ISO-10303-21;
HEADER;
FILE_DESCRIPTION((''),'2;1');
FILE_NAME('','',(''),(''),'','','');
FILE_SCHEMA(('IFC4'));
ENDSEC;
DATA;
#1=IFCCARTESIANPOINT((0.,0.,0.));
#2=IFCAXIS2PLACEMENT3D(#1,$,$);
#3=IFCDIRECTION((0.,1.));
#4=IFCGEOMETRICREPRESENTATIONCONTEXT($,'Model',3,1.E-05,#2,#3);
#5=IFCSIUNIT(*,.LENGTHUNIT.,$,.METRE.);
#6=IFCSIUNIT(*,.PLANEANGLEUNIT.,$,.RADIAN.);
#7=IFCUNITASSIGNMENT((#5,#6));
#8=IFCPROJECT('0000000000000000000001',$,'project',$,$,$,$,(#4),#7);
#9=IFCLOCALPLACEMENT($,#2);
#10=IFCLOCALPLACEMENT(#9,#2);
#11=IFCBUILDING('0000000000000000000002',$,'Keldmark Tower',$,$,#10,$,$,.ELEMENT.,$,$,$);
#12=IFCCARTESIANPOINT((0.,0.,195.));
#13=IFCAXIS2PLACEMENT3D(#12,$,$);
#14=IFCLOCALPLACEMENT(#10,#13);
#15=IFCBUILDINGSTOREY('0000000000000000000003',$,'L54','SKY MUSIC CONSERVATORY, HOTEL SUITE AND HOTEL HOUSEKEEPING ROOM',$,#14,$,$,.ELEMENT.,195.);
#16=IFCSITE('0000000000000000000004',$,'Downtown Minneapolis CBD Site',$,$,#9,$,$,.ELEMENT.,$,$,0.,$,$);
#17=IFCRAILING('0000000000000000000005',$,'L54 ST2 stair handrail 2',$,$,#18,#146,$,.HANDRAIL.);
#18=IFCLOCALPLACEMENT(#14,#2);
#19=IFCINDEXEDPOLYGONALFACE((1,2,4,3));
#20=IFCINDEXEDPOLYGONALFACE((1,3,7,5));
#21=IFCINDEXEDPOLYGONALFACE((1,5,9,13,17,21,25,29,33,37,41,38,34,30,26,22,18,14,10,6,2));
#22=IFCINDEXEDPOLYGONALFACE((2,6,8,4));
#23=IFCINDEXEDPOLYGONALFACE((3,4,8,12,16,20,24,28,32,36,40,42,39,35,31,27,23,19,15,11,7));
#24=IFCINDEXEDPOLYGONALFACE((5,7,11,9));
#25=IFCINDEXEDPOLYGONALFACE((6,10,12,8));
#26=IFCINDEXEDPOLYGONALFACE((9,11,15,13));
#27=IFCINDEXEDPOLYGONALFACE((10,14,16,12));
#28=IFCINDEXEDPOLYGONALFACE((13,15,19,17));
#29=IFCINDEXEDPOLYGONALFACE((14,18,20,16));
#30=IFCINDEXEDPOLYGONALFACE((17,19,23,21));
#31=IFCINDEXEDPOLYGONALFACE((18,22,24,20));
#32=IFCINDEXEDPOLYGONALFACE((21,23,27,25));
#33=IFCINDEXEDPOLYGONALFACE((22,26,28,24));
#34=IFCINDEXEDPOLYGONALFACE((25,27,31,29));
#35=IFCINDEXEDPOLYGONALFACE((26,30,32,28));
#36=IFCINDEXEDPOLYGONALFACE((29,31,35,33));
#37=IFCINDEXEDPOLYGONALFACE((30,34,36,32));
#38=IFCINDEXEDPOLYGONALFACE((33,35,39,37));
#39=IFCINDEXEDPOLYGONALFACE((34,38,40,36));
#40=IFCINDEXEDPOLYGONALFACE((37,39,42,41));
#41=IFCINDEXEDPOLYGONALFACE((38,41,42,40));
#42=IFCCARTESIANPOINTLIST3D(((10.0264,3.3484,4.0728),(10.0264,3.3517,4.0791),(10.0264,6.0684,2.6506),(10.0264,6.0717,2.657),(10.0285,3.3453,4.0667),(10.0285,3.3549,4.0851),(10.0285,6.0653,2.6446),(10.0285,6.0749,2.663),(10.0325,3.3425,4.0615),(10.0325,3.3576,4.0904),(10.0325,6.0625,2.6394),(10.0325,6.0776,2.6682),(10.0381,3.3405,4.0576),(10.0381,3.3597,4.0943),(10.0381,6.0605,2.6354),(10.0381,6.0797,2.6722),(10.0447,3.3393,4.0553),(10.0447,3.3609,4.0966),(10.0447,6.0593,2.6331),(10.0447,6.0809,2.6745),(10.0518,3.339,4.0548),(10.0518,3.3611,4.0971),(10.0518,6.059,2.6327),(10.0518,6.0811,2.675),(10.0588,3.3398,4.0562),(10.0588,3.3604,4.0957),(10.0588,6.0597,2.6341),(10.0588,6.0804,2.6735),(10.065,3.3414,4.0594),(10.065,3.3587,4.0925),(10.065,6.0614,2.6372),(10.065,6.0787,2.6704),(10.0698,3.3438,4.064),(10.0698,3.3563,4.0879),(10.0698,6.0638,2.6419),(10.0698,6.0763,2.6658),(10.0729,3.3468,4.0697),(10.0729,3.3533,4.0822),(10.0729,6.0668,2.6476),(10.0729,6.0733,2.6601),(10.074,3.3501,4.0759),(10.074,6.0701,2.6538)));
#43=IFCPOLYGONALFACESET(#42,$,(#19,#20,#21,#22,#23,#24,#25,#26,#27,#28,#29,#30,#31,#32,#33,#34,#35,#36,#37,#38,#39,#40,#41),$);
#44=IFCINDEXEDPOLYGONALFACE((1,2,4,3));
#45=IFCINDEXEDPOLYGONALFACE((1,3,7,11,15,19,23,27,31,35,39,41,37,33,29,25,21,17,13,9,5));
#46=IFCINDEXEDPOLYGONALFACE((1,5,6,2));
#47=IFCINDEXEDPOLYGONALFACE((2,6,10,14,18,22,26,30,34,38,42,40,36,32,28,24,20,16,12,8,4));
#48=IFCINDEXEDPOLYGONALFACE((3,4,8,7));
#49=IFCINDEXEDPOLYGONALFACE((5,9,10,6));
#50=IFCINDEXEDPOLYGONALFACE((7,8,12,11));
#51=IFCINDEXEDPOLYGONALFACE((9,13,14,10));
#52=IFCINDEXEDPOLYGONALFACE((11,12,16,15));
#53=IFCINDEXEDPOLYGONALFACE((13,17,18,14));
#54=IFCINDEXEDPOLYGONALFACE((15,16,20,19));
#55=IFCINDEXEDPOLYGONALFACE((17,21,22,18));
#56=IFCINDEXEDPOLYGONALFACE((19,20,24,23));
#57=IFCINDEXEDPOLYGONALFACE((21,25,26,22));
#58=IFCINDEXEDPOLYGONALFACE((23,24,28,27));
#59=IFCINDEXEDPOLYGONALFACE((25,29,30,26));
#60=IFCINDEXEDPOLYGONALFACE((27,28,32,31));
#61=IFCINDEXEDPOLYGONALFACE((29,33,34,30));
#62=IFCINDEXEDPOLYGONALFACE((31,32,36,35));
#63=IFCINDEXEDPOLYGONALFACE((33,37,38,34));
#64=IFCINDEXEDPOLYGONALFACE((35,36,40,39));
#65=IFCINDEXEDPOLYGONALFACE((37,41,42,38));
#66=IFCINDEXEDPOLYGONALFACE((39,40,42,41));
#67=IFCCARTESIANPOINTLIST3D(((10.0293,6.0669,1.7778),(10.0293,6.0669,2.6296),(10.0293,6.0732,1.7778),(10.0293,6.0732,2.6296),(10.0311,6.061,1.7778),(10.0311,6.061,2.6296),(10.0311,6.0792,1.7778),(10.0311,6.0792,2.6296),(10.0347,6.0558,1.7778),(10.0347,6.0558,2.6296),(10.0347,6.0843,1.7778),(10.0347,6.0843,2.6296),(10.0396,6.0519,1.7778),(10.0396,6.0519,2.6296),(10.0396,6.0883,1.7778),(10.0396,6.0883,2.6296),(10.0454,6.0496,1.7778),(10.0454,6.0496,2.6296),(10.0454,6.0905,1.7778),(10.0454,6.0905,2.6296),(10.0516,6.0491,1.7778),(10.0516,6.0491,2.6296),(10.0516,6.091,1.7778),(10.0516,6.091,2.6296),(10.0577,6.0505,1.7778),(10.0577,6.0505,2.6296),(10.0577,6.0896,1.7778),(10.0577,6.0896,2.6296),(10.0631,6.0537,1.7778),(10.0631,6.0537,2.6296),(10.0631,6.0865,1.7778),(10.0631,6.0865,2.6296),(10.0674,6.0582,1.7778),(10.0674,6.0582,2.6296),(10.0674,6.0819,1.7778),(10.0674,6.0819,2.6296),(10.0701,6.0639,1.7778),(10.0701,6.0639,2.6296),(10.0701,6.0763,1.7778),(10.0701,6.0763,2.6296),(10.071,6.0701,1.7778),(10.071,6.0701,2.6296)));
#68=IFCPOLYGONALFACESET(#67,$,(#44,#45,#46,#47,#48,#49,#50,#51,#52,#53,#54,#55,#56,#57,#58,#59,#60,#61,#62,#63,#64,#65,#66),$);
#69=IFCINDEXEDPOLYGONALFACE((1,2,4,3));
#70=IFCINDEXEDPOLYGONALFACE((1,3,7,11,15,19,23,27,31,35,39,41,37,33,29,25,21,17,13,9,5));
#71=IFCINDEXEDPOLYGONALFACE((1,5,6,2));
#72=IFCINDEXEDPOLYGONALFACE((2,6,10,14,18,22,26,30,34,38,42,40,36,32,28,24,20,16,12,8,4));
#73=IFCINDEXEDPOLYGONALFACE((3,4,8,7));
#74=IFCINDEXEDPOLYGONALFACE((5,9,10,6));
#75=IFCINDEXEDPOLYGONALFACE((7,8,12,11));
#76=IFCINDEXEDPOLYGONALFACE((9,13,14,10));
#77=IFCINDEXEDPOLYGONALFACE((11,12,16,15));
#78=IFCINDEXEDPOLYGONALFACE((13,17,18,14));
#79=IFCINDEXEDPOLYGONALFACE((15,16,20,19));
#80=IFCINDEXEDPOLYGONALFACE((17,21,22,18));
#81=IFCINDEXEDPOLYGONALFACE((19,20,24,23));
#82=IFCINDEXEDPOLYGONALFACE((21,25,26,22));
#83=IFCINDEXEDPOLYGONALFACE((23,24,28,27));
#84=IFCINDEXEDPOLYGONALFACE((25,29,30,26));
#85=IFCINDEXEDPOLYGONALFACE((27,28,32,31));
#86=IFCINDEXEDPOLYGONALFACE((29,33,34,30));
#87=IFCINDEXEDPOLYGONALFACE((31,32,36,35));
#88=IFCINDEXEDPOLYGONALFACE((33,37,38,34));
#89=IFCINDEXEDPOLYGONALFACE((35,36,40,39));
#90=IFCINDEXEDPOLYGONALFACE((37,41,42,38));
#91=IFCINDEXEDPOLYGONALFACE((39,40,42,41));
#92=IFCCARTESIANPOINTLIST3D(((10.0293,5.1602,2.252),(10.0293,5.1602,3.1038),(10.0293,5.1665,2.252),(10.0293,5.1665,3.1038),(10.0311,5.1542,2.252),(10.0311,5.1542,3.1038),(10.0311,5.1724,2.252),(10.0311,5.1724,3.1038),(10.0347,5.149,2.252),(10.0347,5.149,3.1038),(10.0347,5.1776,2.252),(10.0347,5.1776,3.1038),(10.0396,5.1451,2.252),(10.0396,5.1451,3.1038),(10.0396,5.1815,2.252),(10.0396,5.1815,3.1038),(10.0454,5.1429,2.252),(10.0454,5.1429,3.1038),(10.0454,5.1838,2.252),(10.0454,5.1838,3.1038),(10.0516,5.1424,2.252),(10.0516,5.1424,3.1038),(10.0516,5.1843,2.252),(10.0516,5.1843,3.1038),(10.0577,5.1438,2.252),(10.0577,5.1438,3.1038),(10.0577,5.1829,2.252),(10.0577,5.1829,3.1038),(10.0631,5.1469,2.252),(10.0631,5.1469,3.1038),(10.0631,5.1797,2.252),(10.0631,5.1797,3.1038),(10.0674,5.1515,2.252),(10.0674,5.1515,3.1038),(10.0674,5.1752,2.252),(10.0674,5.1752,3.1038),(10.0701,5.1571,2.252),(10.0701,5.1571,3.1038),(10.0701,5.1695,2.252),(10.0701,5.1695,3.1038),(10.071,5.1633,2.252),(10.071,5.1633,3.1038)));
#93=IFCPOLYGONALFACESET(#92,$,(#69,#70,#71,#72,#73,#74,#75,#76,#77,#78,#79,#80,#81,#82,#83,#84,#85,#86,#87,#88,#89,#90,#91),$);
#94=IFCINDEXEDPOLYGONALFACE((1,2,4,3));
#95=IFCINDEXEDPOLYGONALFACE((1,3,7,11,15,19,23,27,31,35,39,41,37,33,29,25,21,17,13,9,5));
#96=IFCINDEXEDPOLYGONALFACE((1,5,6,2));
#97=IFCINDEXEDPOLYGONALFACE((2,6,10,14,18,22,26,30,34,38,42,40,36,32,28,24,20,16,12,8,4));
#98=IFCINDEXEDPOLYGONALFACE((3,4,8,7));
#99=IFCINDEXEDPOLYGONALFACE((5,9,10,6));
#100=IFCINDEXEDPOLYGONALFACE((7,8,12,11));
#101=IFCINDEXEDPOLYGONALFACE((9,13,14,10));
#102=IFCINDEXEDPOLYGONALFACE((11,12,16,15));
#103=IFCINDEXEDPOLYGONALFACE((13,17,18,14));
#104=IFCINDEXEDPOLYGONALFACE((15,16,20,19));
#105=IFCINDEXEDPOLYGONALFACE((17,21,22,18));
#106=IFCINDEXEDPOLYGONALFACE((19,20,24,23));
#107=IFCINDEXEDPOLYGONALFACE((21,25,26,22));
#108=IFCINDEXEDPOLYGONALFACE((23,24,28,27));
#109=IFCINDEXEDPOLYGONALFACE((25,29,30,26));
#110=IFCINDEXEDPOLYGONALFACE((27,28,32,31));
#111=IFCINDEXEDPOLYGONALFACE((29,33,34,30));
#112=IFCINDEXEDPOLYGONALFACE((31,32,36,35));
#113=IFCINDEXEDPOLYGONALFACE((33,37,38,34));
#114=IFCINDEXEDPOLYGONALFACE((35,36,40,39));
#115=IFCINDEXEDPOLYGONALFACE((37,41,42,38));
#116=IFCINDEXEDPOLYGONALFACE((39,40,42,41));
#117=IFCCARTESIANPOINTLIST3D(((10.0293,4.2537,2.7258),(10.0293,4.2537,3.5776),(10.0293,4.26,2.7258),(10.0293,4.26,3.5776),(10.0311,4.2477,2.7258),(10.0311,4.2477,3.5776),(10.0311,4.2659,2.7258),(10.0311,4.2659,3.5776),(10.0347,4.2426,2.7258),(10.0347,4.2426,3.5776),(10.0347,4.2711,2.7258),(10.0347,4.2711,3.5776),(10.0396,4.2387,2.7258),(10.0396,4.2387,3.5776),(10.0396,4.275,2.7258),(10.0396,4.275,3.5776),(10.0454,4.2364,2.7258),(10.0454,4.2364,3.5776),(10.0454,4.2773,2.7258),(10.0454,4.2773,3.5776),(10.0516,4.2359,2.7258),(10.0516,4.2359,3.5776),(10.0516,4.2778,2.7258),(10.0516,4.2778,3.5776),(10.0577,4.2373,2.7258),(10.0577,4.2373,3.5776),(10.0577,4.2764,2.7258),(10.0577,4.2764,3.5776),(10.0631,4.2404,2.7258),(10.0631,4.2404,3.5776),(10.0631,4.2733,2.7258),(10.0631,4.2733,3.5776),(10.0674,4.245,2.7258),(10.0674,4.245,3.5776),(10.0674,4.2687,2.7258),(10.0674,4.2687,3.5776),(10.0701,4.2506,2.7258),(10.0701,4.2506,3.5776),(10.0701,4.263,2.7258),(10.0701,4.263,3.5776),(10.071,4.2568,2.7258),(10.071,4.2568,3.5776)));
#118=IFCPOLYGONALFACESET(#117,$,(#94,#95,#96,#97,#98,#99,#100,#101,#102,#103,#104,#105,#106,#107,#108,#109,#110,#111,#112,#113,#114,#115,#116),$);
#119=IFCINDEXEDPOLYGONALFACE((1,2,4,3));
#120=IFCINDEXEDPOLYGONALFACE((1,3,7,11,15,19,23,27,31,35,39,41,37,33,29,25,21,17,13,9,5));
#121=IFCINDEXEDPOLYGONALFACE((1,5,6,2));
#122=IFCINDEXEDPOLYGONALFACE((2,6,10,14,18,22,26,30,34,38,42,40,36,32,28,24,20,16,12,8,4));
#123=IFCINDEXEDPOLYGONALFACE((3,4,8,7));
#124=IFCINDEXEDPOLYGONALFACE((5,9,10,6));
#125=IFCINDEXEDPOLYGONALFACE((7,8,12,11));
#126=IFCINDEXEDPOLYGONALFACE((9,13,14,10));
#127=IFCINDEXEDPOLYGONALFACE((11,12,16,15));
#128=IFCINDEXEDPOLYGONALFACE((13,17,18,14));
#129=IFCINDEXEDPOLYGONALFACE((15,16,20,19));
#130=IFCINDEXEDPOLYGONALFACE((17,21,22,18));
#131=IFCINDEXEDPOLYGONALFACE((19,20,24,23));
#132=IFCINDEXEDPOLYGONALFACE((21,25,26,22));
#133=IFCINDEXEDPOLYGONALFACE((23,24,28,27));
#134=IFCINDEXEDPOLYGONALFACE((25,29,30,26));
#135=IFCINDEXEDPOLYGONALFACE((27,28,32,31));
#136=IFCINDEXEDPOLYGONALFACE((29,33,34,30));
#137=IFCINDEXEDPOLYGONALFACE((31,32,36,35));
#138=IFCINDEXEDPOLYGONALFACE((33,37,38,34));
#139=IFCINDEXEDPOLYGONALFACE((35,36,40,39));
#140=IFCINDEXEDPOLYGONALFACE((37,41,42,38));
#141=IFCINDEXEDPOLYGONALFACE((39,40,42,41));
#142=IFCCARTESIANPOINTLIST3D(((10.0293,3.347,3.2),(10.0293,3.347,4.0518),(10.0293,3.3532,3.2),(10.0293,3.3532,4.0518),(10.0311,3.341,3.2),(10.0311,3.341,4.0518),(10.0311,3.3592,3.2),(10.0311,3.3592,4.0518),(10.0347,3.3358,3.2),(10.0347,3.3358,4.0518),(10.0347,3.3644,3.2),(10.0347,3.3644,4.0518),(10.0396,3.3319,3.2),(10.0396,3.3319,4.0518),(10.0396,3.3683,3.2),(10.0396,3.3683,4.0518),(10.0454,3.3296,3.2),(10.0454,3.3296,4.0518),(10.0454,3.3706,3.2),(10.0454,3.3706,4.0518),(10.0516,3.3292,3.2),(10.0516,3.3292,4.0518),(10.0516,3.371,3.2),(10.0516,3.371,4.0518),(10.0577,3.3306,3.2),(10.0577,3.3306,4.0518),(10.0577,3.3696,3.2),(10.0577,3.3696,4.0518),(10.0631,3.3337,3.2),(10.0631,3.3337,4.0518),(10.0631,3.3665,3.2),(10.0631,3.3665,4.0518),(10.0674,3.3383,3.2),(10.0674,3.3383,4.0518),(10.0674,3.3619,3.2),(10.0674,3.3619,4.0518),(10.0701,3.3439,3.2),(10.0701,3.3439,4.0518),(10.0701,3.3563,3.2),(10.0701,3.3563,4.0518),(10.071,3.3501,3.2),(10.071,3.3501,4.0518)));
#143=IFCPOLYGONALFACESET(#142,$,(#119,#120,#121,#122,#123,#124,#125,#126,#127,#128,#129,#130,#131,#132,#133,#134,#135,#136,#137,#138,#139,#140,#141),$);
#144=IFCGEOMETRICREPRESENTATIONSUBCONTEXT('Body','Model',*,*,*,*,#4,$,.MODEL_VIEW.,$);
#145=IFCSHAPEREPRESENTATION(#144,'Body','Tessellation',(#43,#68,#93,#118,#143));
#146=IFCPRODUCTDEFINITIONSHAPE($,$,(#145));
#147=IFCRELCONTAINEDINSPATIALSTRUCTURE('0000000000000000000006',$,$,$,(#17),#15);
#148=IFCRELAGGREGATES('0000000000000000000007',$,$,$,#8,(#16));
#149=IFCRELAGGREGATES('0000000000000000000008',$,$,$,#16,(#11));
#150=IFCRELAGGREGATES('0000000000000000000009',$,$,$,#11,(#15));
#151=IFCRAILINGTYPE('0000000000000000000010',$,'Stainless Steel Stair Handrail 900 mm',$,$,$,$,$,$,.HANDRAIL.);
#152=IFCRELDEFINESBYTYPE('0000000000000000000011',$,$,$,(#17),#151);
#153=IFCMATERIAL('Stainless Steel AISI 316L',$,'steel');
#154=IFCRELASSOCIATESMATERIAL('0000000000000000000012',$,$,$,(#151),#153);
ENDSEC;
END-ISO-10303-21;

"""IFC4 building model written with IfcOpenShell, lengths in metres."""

from ifc_helpers import new_model, si_unit, direction, frame, origin, origin_2d, place, context, subcontext, project, spatial, circle, extrude, material, type_object, element, save


model = new_model("IFC4")

# Units and contexts
model_context = context("Model", 3, precision=1e-05, world=origin(), true_north=direction((0.0, 1.0)))
body_context = subcontext(model_context, "Body", "Model", "MODEL_VIEW")
ifc_project = project(units=[si_unit("LENGTHUNIT", "METRE"), si_unit("PLANEANGLEUNIT", "RADIAN")], contexts=[model_context])

# Site, building, storey
site_placement = place(None, origin())
site = spatial("IfcSite", under=ifc_project, at=site_placement, Name="Downtown Minneapolis CBD Site", CompositionType="ELEMENT", RefElevation=0.0)
building_placement = place(site_placement, origin())
building = spatial("IfcBuilding", under=site, at=building_placement, Name="Keldmark Tower", CompositionType="ELEMENT")
storey_placement = place(building_placement, frame((0.0, 0.0, 195.0)))
storey = spatial("IfcBuildingStorey", under=building, at=storey_placement, Name="L54", Description="SKY MUSIC CONSERVATORY, HOTEL SUITE AND HOTEL HOUSEKEEPING ROOM", CompositionType="ELEMENT", Elevation=195.0)

# Railing
ifc_material_1 = material(Name="Stainless Steel AISI 316L", Category="steel")
railing_type = type_object("IfcRailingType", Name="Stainless Steel Stair Handrail 900 mm", PredefinedType="HANDRAIL", material=ifc_material_1)
railing_placement = place(storey_placement, frame((10.05, 6.0701, 1.7778)))
element("IfcRailing", 1, at=railing_placement, inside=storey, type_object=railing_type, Name="L54 ST2 stair handrail 2", PredefinedType="HANDRAIL", context=body_context, shape_type="SweptSolid", body=[
    extrude(circle(Radius=0.0239, at=origin_2d()), frame((0.0, 0.0, 0.876), z_axis=(0.0, -0.886183, 0.463335), x_axis=(1.0, 0.0, 0.0)), (0.0, 0.0, 1.0), 3.0693),
    extrude(circle(Radius=0.021, at=origin_2d()), origin(), (0.0, 0.0, 1.0), 0.8518),
    extrude(circle(Radius=0.021, at=origin_2d()), frame((0.0, -0.9067, 0.4741)), (0.0, 0.0, 1.0), 0.8518),
    extrude(circle(Radius=0.021, at=origin_2d()), frame((0.0, -1.8132, 0.948)), (0.0, 0.0, 1.0), 0.8518),
    extrude(circle(Radius=0.021, at=origin_2d()), frame((0.0, -2.72, 1.4221)), (0.0, 0.0, 1.0), 0.8518),
])

save(model, "model.ifc")
